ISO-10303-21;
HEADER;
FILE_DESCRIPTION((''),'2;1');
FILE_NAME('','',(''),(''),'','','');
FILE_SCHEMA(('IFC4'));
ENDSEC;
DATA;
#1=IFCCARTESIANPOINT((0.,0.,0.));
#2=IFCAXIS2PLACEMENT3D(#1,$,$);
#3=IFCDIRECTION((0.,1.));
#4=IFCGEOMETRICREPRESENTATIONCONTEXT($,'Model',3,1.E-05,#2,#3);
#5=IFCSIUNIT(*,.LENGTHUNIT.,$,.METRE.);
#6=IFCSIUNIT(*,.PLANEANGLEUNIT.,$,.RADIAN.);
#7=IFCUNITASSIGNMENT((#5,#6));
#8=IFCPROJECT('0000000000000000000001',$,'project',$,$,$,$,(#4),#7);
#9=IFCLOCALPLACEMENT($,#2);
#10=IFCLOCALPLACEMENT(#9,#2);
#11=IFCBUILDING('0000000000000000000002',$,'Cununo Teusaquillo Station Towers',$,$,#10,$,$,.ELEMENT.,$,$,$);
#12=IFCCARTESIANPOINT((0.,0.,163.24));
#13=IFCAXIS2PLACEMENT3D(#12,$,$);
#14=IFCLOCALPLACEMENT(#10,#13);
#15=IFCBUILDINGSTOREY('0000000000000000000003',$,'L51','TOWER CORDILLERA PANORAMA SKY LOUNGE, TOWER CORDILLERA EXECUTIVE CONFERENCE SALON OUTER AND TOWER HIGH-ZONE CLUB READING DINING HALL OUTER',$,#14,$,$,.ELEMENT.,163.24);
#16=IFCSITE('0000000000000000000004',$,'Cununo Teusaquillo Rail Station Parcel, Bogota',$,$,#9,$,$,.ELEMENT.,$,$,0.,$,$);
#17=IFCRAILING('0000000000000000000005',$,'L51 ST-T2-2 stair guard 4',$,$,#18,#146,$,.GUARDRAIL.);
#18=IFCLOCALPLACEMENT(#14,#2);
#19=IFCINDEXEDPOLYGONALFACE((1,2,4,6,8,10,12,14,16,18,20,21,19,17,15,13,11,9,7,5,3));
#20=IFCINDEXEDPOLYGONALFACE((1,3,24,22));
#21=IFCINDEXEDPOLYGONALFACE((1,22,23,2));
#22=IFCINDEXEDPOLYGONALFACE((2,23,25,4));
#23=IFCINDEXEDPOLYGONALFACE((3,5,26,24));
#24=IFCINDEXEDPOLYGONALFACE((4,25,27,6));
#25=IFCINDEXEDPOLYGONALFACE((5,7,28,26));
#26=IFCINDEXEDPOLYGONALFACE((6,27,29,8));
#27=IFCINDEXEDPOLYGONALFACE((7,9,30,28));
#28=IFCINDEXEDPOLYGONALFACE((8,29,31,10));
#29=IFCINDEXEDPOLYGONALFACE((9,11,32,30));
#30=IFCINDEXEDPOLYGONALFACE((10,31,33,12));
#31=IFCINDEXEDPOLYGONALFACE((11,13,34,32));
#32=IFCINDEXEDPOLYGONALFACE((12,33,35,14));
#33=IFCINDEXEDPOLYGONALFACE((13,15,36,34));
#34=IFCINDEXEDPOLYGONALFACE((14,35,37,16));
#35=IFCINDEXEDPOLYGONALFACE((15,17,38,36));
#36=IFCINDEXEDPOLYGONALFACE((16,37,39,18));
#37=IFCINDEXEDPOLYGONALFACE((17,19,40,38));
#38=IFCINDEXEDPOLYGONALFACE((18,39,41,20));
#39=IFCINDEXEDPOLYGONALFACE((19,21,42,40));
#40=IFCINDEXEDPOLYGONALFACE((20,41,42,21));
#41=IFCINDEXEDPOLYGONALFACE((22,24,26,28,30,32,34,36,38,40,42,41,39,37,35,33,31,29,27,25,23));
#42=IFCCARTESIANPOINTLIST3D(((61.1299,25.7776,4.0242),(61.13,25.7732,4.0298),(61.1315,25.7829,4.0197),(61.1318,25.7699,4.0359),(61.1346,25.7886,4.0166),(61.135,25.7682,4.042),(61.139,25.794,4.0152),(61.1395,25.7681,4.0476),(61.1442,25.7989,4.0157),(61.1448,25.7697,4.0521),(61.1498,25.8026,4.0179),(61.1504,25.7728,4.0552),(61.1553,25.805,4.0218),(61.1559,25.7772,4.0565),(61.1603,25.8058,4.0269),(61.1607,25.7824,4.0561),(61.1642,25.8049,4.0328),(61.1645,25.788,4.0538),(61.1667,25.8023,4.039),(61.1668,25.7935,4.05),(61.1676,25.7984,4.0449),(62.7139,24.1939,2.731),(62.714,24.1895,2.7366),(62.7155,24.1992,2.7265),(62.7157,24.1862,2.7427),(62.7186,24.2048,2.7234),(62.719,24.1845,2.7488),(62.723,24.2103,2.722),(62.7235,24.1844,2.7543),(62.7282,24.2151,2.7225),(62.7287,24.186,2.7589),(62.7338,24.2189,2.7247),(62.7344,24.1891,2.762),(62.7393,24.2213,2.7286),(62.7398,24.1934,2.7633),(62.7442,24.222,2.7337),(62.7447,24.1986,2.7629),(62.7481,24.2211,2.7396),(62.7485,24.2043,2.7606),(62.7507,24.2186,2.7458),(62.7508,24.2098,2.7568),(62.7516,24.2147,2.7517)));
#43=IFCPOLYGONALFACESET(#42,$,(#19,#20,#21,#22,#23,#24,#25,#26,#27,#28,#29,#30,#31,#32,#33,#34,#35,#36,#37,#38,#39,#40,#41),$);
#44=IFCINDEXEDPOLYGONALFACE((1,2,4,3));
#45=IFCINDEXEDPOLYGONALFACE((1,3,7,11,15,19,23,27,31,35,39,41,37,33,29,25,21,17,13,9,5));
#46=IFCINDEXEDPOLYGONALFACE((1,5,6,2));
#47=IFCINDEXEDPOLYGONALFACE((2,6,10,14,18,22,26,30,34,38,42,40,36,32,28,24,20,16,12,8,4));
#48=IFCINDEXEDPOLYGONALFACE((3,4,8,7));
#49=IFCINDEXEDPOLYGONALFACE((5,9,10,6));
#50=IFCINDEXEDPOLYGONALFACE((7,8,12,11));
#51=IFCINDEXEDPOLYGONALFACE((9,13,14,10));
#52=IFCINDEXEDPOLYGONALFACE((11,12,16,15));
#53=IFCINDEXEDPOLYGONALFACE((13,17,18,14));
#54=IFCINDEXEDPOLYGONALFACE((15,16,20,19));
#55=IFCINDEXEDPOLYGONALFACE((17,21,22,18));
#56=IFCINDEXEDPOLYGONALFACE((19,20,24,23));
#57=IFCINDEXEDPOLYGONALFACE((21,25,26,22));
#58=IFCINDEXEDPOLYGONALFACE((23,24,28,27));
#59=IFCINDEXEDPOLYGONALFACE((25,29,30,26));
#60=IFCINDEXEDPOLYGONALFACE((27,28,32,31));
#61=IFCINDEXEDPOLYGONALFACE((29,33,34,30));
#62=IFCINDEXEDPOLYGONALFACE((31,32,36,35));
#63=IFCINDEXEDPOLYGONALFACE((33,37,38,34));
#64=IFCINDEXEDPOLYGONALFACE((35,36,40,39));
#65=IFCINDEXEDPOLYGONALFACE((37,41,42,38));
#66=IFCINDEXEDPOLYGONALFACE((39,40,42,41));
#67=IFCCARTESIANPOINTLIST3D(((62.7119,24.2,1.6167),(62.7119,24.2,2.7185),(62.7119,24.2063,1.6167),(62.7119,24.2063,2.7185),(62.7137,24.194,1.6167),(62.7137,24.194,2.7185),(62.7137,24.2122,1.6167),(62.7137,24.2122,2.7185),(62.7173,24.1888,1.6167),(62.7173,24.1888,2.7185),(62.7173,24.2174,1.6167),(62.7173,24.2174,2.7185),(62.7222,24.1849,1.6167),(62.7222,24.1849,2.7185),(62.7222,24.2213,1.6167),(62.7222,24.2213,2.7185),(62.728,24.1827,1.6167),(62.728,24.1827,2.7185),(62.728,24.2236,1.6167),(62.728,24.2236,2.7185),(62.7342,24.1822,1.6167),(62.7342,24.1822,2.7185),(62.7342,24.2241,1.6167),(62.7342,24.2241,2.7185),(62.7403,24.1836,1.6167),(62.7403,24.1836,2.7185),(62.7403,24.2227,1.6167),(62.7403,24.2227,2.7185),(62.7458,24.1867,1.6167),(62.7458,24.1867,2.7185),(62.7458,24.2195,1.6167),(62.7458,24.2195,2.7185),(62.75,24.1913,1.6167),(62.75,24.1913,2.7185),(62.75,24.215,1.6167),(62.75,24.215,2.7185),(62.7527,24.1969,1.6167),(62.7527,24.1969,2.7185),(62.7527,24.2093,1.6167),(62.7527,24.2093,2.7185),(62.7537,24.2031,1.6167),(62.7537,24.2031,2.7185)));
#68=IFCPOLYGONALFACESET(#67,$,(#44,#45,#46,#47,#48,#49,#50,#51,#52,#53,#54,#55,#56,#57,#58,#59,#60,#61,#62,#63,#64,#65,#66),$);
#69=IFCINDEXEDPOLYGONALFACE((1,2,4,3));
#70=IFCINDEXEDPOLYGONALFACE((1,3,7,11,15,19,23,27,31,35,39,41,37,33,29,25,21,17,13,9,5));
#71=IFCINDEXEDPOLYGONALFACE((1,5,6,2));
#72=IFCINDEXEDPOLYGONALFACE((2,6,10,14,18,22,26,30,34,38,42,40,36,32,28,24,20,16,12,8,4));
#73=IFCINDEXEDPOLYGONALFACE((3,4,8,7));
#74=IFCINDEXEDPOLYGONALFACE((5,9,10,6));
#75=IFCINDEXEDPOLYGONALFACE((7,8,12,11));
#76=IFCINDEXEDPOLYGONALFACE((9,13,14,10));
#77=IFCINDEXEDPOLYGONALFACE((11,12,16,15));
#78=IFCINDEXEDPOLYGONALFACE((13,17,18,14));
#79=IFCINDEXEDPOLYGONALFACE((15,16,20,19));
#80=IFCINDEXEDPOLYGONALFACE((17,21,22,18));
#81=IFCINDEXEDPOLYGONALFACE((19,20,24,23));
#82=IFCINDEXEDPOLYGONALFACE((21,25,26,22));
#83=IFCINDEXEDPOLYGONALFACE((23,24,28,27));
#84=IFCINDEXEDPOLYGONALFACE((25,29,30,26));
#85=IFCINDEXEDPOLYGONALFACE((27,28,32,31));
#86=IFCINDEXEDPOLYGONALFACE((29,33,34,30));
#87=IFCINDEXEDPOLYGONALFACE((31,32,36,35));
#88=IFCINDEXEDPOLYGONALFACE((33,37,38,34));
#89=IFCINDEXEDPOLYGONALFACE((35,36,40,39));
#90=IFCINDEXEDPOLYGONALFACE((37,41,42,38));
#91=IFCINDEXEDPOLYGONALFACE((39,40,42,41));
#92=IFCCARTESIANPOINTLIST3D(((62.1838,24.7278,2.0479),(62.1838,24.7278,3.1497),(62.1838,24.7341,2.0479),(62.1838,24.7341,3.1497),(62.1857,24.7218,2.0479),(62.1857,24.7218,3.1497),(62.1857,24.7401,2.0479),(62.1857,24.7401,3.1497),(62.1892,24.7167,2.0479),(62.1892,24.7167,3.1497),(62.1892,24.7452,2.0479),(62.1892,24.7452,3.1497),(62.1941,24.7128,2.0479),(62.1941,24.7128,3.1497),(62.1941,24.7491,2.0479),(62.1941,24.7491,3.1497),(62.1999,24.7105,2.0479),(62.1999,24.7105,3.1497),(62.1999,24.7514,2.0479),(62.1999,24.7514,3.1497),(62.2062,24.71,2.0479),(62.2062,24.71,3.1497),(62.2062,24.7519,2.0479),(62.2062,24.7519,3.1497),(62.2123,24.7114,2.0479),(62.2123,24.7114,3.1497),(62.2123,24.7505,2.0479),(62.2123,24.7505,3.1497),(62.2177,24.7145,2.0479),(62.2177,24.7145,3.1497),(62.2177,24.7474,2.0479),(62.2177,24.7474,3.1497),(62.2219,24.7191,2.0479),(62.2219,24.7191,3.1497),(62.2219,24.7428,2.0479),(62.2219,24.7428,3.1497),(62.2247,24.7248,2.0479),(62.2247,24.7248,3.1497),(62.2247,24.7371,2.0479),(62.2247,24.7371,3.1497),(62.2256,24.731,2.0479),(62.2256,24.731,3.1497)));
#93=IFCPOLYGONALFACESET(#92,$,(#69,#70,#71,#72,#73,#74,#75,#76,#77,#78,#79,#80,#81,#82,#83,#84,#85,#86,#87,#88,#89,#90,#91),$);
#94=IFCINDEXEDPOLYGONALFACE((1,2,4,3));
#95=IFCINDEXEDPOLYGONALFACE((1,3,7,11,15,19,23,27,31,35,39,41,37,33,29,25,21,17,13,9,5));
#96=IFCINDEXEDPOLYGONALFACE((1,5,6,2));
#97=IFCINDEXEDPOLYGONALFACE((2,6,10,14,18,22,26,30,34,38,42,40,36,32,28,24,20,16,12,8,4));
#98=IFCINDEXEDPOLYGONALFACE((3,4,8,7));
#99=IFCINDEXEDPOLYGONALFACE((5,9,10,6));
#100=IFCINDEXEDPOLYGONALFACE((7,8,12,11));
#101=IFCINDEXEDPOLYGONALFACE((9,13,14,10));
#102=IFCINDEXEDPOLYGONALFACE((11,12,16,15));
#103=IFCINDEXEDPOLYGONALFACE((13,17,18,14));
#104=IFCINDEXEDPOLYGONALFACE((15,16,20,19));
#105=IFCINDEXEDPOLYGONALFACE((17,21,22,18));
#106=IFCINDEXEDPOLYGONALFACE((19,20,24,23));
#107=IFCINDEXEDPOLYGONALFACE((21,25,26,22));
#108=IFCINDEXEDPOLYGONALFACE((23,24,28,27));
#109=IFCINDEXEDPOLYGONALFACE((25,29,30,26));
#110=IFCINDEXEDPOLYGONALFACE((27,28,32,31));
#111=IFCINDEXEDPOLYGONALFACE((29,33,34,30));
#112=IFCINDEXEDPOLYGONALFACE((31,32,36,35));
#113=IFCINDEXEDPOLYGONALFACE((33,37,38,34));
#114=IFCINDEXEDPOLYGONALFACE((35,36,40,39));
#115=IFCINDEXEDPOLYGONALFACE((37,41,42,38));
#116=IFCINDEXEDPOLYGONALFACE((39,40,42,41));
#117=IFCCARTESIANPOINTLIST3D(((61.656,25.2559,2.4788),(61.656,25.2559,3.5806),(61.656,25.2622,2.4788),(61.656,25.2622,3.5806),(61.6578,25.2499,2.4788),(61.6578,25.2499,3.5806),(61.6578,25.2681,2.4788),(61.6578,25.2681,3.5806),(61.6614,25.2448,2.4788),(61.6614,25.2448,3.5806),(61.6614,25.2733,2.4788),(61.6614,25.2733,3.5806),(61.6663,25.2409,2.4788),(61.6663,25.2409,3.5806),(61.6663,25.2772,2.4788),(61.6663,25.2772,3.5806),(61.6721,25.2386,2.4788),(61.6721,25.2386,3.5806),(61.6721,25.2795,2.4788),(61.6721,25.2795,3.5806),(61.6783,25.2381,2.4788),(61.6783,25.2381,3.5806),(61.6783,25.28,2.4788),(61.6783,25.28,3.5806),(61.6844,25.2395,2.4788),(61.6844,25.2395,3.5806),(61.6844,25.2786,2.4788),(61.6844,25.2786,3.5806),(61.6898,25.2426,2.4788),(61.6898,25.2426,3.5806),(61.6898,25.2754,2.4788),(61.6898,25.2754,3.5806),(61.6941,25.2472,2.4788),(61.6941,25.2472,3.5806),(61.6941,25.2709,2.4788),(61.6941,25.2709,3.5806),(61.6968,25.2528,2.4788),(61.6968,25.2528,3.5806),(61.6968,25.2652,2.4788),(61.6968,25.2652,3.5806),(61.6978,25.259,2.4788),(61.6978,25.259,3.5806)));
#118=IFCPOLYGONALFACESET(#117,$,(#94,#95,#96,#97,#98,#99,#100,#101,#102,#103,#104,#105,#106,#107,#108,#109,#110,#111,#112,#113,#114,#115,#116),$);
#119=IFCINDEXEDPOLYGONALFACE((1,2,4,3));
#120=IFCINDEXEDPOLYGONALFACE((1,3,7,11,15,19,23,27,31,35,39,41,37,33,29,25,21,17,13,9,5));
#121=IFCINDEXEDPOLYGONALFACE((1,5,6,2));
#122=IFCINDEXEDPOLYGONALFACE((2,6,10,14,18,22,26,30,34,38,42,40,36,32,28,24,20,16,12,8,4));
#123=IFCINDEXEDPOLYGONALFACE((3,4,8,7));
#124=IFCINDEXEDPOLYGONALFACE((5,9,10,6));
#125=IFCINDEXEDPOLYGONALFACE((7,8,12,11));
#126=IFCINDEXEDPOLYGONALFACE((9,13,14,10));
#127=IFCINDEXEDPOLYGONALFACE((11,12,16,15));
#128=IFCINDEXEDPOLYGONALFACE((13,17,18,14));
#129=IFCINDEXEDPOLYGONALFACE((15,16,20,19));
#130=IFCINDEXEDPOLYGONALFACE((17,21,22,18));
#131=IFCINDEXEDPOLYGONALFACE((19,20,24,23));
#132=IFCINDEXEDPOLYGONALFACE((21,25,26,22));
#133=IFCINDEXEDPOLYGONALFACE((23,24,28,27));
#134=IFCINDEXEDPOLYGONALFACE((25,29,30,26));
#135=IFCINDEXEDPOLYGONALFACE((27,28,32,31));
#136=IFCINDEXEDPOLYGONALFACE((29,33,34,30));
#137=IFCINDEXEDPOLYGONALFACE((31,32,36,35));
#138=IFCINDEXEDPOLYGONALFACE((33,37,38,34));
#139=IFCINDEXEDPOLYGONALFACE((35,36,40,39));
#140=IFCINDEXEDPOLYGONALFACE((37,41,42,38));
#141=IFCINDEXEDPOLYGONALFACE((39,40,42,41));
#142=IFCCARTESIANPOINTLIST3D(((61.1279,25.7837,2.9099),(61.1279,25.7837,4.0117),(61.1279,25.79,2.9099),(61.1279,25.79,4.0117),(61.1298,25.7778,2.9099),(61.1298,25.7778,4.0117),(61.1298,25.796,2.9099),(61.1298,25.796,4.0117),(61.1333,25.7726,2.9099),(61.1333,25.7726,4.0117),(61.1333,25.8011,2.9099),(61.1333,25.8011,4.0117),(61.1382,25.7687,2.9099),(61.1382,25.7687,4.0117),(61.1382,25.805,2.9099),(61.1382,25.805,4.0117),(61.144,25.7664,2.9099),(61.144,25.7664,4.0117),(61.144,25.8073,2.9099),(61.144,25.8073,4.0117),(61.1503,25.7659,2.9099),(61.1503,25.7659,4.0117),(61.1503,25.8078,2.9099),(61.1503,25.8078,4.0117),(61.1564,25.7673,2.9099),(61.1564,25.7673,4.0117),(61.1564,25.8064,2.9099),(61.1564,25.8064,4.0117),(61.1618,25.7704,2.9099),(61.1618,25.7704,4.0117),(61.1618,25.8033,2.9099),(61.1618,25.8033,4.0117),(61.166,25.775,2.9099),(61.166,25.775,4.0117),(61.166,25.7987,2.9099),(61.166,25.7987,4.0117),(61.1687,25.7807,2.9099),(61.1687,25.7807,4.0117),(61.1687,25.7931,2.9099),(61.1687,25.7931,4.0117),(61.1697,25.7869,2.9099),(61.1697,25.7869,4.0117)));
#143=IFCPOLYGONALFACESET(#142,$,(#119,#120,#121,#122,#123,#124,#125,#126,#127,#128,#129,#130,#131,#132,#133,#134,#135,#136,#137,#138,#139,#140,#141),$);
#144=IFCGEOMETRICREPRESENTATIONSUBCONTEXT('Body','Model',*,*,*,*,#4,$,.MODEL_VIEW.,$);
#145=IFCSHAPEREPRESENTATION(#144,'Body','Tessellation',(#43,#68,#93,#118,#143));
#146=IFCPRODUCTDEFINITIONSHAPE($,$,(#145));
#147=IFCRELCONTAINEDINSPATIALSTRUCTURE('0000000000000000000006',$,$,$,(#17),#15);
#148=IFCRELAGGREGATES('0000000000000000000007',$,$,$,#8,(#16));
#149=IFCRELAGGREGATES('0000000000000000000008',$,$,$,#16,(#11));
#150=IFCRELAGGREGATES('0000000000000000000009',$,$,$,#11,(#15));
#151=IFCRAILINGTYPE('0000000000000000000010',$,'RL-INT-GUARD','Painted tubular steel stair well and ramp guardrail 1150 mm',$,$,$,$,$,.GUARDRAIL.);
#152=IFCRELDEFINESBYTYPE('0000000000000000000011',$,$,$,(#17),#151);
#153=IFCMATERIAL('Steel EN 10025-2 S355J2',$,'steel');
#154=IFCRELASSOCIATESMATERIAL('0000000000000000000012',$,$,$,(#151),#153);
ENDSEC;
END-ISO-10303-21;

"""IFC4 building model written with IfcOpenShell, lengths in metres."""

from ifc_helpers import new_model, si_unit, direction, frame, origin, origin_2d, place, context, subcontext, project, spatial, circle, extrude, material, type_object, element, save


model = new_model("IFC4")

# Units and contexts
model_context = context("Model", 3, precision=1e-05, world=origin(), true_north=direction((0.0, 1.0)))
body_context = subcontext(model_context, "Body", "Model", "MODEL_VIEW")
ifc_project = project(units=[si_unit("LENGTHUNIT", "METRE"), si_unit("PLANEANGLEUNIT", "RADIAN")], contexts=[model_context])

# Site, building, storey
site_placement = place(None, origin())
site = spatial("IfcSite", under=ifc_project, at=site_placement, Name="Cununo Teusaquillo Rail Station Parcel, Bogota", CompositionType="ELEMENT", RefElevation=0.0)
building_placement = place(site_placement, origin())
building = spatial("IfcBuilding", under=site, at=building_placement, Name="Cununo Teusaquillo Station Towers", CompositionType="ELEMENT")
storey_placement = place(building_placement, frame((0.0, 0.0, 163.24)))
storey = spatial("IfcBuildingStorey", under=building, at=storey_placement, Name="L51", Description="TOWER CORDILLERA PANORAMA SKY LOUNGE, TOWER CORDILLERA EXECUTIVE CONFERENCE SALON OUTER AND TOWER HIGH-ZONE CLUB READING DINING HALL OUTER", CompositionType="ELEMENT", Elevation=163.24)

# Railing
ifc_material_1 = material(Name="Steel EN 10025-2 S355J2", Category="steel")
railing_type_1 = type_object("IfcRailingType", Name="RL-INT-GUARD", Description="Painted tubular steel stair well and ramp guardrail 1150 mm", PredefinedType="GUARDRAIL", material=ifc_material_1)
railing_1_placement = place(storey_placement, frame((62.7327, 24.2031, 1.6167)))
element("IfcRailing", 1, at=railing_1_placement, inside=storey, type_object=railing_type_1, Name="L51 ST-T2-2 stair guard 4", PredefinedType="GUARDRAIL", context=body_context, shape_type="SweptSolid", body=[
    extrude(circle(Radius=0.0239, at=origin_2d()), frame((0.0, 0.0, 1.126), z_axis=(-0.61242, 0.612326, 0.499998), x_axis=(-0.707052, -0.707161, 0.0)), (0.0, 0.0, 1.0), 2.5864),
    extrude(circle(Radius=0.021, at=origin_2d()), origin(), (0.0, 0.0, 1.0), 1.1018),
    extrude(circle(Radius=0.021, at=origin_2d()), frame((-0.5281, 0.5278, 0.4312)), (0.0, 0.0, 1.0), 1.1018),
    extrude(circle(Radius=0.021, at=origin_2d()), frame((-1.0559, 1.0559, 0.8621)), (0.0, 0.0, 1.0), 1.1018),
    extrude(circle(Radius=0.021, at=origin_2d()), frame((-1.584, 1.5837, 1.2932)), (0.0, 0.0, 1.0), 1.1018),
])

save(model, "model.ifc")
